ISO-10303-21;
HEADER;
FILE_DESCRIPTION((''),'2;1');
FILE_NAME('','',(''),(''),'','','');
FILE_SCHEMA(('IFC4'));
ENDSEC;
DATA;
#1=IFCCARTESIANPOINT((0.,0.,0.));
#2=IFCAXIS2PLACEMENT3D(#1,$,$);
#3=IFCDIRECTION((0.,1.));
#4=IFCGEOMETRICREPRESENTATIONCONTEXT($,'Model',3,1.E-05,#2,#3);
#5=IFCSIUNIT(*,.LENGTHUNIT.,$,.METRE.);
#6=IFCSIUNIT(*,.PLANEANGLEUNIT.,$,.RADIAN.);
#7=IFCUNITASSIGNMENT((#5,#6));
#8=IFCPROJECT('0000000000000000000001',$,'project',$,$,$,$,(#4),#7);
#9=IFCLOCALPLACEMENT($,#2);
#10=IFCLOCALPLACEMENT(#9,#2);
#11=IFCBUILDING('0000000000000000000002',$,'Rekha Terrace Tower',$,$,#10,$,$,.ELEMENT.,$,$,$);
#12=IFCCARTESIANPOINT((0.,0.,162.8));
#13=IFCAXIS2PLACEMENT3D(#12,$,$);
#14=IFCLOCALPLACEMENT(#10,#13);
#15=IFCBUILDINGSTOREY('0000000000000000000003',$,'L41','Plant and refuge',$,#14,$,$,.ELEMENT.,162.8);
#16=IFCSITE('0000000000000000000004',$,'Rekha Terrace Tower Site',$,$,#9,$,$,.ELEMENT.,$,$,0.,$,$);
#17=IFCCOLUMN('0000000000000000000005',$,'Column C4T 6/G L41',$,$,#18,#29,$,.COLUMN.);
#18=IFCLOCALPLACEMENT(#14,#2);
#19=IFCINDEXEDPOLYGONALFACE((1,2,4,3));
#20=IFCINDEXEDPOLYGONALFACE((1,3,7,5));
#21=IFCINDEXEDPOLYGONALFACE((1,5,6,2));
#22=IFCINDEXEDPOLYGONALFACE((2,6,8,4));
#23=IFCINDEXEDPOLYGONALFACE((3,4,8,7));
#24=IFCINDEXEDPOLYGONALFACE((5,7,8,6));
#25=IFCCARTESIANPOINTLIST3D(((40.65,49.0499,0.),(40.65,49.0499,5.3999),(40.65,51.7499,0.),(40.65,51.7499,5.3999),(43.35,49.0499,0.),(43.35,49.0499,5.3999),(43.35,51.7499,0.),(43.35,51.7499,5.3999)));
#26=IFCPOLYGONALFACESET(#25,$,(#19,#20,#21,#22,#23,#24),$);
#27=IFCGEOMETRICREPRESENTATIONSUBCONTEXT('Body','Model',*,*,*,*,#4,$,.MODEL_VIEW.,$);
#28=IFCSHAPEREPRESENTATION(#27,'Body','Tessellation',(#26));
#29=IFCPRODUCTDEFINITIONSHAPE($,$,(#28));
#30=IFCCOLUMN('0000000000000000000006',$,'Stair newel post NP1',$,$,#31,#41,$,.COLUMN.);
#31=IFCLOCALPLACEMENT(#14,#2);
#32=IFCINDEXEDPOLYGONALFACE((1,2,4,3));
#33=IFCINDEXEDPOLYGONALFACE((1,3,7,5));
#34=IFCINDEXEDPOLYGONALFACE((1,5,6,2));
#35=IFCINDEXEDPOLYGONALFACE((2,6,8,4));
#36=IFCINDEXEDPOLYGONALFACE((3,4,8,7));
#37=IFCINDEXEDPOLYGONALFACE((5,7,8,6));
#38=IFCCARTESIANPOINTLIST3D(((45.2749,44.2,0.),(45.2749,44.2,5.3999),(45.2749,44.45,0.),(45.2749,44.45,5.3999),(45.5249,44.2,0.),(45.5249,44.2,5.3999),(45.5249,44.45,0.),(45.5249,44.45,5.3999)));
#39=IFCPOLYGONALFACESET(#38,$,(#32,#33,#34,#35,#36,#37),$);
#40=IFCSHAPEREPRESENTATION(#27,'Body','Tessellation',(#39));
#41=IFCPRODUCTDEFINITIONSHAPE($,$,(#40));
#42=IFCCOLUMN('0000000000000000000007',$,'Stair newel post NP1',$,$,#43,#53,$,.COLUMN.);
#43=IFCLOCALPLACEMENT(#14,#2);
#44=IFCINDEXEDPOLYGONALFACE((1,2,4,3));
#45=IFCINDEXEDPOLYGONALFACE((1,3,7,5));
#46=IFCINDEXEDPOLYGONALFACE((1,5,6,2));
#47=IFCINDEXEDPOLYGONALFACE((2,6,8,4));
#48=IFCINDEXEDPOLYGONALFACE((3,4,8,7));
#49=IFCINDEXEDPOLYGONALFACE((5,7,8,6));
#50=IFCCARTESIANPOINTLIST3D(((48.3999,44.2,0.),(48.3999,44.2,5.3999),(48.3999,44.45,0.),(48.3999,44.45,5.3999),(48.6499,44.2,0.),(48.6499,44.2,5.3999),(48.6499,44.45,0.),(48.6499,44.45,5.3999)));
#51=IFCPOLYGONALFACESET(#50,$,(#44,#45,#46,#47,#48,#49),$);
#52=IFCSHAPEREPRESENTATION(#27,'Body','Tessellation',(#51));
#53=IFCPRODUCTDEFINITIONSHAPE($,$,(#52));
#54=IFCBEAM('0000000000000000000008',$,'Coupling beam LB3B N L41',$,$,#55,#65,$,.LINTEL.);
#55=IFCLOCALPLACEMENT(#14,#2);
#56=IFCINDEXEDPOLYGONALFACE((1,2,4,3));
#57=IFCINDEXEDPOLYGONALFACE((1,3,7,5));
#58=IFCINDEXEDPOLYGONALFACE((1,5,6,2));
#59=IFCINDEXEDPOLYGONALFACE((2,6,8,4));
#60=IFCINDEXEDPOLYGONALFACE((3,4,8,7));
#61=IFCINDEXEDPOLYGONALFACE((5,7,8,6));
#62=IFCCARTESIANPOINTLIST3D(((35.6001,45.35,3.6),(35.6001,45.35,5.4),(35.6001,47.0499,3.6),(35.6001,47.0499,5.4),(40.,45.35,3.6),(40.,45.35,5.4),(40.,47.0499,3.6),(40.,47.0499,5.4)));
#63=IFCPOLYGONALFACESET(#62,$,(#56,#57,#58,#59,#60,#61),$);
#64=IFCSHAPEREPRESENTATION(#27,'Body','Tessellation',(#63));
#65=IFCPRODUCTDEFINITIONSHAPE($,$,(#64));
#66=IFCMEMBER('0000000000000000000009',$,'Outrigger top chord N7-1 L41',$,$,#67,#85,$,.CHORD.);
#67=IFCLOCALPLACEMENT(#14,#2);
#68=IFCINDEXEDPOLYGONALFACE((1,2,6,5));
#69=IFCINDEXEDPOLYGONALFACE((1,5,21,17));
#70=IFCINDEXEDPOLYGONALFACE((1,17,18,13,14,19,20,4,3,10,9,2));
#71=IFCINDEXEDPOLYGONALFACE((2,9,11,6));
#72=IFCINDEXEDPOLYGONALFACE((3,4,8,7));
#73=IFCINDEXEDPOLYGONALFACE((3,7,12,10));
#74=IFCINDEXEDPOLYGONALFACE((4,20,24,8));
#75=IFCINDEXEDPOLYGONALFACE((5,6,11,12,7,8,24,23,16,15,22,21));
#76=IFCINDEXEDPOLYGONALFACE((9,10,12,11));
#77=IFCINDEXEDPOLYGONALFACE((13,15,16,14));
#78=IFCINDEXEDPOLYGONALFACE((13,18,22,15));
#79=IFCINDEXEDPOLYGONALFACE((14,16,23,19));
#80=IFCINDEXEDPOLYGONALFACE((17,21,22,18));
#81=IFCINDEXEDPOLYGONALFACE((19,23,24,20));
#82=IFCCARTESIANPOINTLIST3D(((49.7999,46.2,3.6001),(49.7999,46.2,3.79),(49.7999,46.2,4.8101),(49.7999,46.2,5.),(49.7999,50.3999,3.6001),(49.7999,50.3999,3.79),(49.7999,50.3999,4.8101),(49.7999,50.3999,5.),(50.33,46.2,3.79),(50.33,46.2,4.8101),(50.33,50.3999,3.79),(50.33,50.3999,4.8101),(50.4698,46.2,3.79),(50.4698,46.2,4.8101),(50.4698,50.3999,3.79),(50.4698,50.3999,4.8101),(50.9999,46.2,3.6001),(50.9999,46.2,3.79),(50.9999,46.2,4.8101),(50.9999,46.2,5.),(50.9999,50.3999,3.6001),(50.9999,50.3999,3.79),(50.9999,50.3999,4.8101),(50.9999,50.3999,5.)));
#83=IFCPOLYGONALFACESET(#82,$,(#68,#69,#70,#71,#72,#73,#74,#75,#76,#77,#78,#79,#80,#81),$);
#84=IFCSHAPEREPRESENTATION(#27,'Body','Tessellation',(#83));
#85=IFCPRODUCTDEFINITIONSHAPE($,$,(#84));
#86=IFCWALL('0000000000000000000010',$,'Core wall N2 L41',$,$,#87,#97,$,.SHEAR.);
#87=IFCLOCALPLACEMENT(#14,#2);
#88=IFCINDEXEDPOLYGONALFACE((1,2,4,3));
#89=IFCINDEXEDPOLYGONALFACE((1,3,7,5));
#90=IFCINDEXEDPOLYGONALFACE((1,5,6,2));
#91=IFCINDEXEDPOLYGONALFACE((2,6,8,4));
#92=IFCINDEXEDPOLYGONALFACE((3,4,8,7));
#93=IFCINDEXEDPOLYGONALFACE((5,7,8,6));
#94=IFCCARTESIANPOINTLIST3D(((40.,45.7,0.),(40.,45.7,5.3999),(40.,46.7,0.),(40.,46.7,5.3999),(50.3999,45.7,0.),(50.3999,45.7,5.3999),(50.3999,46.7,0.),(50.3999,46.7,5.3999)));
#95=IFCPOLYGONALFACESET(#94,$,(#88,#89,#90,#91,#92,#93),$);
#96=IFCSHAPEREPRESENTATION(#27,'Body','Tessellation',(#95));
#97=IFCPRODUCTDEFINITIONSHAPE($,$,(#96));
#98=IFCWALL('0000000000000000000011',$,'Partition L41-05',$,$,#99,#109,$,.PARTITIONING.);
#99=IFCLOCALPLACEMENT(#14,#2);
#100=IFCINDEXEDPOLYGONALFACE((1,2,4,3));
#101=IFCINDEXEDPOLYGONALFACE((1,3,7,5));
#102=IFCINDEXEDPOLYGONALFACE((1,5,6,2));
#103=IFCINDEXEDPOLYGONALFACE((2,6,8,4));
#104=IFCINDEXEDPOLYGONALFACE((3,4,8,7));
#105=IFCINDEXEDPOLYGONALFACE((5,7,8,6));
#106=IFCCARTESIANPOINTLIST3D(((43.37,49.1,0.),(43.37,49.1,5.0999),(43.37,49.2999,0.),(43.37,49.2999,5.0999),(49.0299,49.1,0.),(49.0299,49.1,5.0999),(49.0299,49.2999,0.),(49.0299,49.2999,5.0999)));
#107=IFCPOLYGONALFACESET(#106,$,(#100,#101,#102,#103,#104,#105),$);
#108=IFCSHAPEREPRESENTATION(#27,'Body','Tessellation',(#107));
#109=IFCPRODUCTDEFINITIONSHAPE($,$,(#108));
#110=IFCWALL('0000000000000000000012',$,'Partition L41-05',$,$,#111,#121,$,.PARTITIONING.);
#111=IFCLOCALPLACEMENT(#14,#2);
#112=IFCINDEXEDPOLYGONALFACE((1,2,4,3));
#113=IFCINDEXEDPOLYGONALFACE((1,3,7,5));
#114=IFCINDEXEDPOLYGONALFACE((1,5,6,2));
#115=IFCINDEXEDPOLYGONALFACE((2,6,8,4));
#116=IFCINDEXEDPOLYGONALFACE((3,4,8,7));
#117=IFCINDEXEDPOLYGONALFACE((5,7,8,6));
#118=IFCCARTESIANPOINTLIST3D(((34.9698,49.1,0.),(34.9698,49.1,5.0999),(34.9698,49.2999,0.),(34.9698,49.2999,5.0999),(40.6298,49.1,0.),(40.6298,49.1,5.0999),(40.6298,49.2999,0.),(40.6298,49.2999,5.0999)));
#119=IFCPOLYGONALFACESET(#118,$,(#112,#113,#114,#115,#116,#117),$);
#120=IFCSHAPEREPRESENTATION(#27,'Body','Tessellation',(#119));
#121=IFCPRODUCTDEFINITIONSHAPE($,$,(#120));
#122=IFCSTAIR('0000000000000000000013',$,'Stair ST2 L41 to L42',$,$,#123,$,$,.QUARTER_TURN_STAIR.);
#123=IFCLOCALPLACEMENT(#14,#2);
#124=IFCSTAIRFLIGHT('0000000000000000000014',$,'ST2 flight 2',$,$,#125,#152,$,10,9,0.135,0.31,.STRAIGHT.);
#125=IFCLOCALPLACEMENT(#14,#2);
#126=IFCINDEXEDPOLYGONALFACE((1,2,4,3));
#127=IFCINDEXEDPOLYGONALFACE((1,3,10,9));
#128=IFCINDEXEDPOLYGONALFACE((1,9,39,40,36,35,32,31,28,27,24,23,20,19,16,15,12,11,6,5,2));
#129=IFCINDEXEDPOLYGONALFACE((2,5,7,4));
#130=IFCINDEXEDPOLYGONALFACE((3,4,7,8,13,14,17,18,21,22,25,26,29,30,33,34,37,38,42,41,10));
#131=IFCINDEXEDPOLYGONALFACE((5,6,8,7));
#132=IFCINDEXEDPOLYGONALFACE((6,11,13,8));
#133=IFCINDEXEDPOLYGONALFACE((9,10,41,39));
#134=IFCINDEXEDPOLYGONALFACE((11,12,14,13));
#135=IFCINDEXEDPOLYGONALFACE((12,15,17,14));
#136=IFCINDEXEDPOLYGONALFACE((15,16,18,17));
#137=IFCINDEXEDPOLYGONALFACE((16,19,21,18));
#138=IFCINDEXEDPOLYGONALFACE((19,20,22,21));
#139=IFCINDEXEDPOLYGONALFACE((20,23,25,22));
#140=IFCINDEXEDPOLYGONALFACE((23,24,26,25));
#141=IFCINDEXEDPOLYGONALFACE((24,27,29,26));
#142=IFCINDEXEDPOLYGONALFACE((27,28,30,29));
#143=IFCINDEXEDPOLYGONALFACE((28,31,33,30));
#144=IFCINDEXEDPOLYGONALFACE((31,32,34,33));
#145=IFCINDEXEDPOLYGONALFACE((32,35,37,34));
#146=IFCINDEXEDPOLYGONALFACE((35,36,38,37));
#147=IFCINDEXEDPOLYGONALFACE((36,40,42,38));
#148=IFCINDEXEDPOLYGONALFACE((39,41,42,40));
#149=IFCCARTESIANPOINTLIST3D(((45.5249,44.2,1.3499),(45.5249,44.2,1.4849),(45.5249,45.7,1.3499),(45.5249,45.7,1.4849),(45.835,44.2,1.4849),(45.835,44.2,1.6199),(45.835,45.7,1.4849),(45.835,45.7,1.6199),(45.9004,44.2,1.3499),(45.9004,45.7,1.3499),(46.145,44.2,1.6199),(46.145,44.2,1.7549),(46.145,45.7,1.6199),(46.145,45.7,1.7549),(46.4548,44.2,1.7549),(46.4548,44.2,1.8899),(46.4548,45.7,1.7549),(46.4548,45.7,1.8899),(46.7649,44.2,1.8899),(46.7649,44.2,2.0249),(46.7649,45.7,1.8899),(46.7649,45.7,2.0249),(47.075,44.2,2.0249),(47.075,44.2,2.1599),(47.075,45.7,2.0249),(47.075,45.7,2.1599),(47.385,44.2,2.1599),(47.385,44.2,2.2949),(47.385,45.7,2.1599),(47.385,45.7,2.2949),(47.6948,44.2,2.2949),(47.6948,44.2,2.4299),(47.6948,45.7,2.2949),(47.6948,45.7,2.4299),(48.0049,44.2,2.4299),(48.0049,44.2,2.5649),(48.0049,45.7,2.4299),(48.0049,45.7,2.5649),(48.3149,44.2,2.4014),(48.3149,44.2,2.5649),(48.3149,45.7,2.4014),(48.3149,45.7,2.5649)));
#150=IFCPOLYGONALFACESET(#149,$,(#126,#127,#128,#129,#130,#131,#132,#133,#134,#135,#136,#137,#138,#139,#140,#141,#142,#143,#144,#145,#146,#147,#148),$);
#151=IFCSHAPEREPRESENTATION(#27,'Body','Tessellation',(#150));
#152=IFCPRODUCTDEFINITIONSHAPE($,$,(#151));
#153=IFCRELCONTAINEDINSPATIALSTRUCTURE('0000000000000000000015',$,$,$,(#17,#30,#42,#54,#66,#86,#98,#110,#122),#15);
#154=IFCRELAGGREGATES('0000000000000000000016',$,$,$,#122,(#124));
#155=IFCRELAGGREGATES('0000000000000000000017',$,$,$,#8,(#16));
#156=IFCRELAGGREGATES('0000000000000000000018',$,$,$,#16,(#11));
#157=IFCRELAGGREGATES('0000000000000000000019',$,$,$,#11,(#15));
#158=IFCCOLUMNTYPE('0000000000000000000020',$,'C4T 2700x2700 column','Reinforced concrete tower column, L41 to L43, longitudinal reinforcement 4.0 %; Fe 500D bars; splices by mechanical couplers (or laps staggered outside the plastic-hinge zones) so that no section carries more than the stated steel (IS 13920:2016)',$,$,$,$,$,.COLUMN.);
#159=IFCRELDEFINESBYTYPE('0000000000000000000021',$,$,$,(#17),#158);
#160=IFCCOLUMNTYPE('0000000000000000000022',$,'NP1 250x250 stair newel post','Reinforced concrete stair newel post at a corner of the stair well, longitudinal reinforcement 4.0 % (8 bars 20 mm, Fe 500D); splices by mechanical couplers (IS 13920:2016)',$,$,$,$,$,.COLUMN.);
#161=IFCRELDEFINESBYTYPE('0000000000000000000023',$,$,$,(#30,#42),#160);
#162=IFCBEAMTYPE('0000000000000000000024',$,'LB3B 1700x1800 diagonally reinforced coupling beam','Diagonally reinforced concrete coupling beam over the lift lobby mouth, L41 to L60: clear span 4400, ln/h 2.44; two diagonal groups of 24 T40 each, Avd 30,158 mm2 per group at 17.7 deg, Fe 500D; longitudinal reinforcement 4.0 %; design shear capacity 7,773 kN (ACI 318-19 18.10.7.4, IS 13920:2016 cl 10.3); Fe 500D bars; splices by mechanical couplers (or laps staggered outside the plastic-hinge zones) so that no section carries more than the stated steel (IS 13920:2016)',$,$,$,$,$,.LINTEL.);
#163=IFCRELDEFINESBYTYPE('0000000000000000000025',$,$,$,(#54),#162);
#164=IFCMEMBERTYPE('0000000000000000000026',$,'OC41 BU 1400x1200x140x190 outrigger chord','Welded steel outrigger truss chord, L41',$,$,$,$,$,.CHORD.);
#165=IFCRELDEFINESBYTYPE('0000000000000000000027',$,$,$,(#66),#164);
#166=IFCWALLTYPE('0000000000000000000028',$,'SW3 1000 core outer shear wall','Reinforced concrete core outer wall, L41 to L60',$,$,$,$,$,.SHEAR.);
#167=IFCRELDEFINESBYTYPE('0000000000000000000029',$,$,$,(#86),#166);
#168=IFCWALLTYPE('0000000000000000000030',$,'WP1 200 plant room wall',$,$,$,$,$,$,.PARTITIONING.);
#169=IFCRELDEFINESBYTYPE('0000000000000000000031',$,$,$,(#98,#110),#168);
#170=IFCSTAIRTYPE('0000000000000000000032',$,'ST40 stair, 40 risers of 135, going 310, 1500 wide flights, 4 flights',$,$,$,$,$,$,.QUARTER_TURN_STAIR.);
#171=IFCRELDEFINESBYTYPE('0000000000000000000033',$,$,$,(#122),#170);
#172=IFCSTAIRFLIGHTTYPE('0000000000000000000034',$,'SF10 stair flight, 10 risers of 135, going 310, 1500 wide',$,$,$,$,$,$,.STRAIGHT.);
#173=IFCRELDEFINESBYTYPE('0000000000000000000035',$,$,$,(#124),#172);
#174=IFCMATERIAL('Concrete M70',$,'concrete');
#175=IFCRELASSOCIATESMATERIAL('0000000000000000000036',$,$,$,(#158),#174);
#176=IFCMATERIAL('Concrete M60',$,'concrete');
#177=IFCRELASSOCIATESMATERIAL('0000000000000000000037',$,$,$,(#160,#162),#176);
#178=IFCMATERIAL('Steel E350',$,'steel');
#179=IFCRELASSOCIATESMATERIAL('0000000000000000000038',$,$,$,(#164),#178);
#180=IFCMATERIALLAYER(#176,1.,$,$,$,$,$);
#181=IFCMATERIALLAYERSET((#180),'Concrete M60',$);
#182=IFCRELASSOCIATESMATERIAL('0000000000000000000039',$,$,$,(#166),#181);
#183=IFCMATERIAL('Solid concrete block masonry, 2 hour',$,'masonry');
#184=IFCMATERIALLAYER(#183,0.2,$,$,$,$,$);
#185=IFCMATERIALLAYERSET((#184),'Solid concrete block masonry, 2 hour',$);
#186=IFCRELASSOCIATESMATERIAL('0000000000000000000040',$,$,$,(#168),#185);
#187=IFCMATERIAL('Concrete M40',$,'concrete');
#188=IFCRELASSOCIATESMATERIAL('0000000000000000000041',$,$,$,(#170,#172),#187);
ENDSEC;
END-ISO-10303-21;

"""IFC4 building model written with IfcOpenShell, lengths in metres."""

from ifc_helpers import new_model, si_unit, direction, frame, frame_2d, origin, origin_2d, place, context, subcontext, project, spatial, polyline, rectangle, i_section, outline, extrude, material, layer, layer_set, material_profile, profile_set, type_object, element, aggregate, save


model = new_model("IFC4")

# Units and contexts
model_context = context("Model", 3, precision=1e-05, world=origin(), true_north=direction((0.0, 1.0)))
body_context = subcontext(model_context, "Body", "Model", "MODEL_VIEW")
ifc_project = project(units=[si_unit("LENGTHUNIT", "METRE"), si_unit("PLANEANGLEUNIT", "RADIAN")], contexts=[model_context])

# Site, building, storey
site_placement = place(None, origin())
site = spatial("IfcSite", under=ifc_project, at=site_placement, Name="Rekha Terrace Tower Site", CompositionType="ELEMENT", RefElevation=0.0)
building_placement = place(site_placement, origin())
building = spatial("IfcBuilding", under=site, at=building_placement, Name="Rekha Terrace Tower", CompositionType="ELEMENT")
storey_placement = place(building_placement, frame((0.0, 0.0, 162.8)))
storey = spatial("IfcBuildingStorey", under=building, at=storey_placement, Name="L41", Description="Plant and refuge", CompositionType="ELEMENT", Elevation=162.8)

# Columns
ifc_material_1 = material(Name="Concrete M70", Category="concrete")
ifc_material_profile_1 = material_profile(ifc_material_1, rectangle(XDim=2.7, YDim=2.7, at=origin_2d()), Name="RC 2700x2700")
ifc_profile_set_1 = profile_set([ifc_material_profile_1], Name="Concrete M70")
column_type_1 = type_object("IfcColumnType", Name="C4T 2700x2700 column", Description="Reinforced concrete tower column, L41 to L43, longitudinal reinforcement 4.0 %; Fe 500D bars; splices by mechanical couplers (or laps staggered outside the plastic-hinge zones) so that no section carries more than the stated steel (IS 13920:2016)", PredefinedType="COLUMN", material=ifc_profile_set_1)
column_placement = place(storey_placement, frame((42.0, 50.3999, 0.0), z_axis=(0.0, 0.0, 1.0), x_axis=(1.0, 0.0, 0.0)))
element("IfcColumn", 1, at=column_placement, inside=storey, type_object=column_type_1, Name="Column C4T 6/G L41", PredefinedType="COLUMN", context=body_context, shape_type="SweptSolid", body=[
    extrude(rectangle(XDim=2.7, YDim=2.7, at=origin_2d()), origin(), (0.0, 0.0, 1.0), 5.3999),
])
ifc_material_2 = material(Name="Concrete M60", Category="concrete")
ifc_material_profile_2 = material_profile(ifc_material_2, rectangle(XDim=0.25, YDim=0.25, at=origin_2d()), Name="RC 250x250")
ifc_profile_set_2 = profile_set([ifc_material_profile_2], Name="Concrete M60")
column_type_2 = type_object("IfcColumnType", Name="NP1 250x250 stair newel post", Description="Reinforced concrete stair newel post at a corner of the stair well, longitudinal reinforcement 4.0 % (8 bars 20 mm, Fe 500D); splices by mechanical couplers (IS 13920:2016)", PredefinedType="COLUMN", material=ifc_profile_set_2)
for number, where, z_axis, x_axis, name in (
    (2, (45.3999, 44.325, 0.0), (0.0, 0.0, 1.0), (1.0, 0.0, 0.0), "Stair newel post NP1"),
    (3, (48.5249, 44.325, 0.0), (0.0, 0.0, 1.0), (1.0, 0.0, 0.0), "Stair newel post NP1"),
):
    element("IfcColumn", number, at=place(storey_placement, frame(where, z_axis=z_axis, x_axis=x_axis)), inside=storey, type_object=column_type_2, Name=name, PredefinedType="COLUMN", context=body_context, shape_type="SweptSolid", body=[
        extrude(rectangle(XDim=0.25, YDim=0.25, at=origin_2d()), origin(), (0.0, 0.0, 1.0), 5.3999),
    ])

# Beam
ifc_material_profile_3 = material_profile(ifc_material_2, rectangle(XDim=1.7, YDim=1.8, at=origin_2d()), Name="RC 1700x1800")
ifc_profile_set_3 = profile_set([ifc_material_profile_3], Name="Concrete M60")
beam_type = type_object("IfcBeamType", Name="LB3B 1700x1800 diagonally reinforced coupling beam", Description="Diagonally reinforced concrete coupling beam over the lift lobby mouth, L41 to L60: clear span 4400, ln/h 2.44; two diagonal groups of 24 T40 each, Avd 30,158 mm2 per group at 17.7 deg, Fe 500D; longitudinal reinforcement 4.0 %; design shear capacity 7,773 kN (ACI 318-19 18.10.7.4, IS 13920:2016 cl 10.3); Fe 500D bars; splices by mechanical couplers (or laps staggered outside the plastic-hinge zones) so that no section carries more than the stated steel (IS 13920:2016)", PredefinedType="LINTEL", material=ifc_profile_set_3)
beam_placement = place(storey_placement, frame((35.6001, 46.2, 4.5), z_axis=(1.0, 0.0, 0.0), x_axis=(0.0, 1.0, 0.0)))
element("IfcBeam", 4, at=beam_placement, inside=storey, type_object=beam_type, Name="Coupling beam LB3B N L41", PredefinedType="LINTEL", context=body_context, shape_type="SweptSolid", body=[
    extrude(rectangle(XDim=1.7, YDim=1.8, at=origin_2d()), origin(), (0.0, 0.0, 1.0), 4.3999),
])

# Member
ifc_material_3 = material(Name="Steel E350", Category="steel")
ifc_material_profile_4 = material_profile(ifc_material_3, i_section(OverallWidth=1.2, OverallDepth=1.3999, WebThickness=0.1399, FlangeThickness=0.1899, at=origin_2d()), Name="BU 1400x1200x140x190")
ifc_profile_set_4 = profile_set([ifc_material_profile_4], Name="Steel E350")
member_type = type_object("IfcMemberType", Name="OC41 BU 1400x1200x140x190 outrigger chord", Description="Welded steel outrigger truss chord, L41", PredefinedType="CHORD", material=ifc_profile_set_4)
member_placement = place(storey_placement, frame((50.3999, 46.2, 4.3), z_axis=(0.0, 1.0, 0.0), x_axis=(-1.0, 0.0, 0.0)))
element("IfcMember", 5, at=member_placement, inside=storey, type_object=member_type, Name="Outrigger top chord N7-1 L41", PredefinedType="CHORD", context=body_context, shape_type="SweptSolid", body=[
    extrude(i_section(OverallWidth=1.2, OverallDepth=1.3999, WebThickness=0.1399, FlangeThickness=0.1899, at=origin_2d()), origin(), (0.0, 0.0, 1.0), 4.2),
])

# Walls
ifc_layer_1 = layer(ifc_material_2, 1.0)
ifc_layer_set_1 = layer_set([ifc_layer_1], Name="Concrete M60")
wall_type_1 = type_object("IfcWallType", Name="SW3 1000 core outer shear wall", Description="Reinforced concrete core outer wall, L41 to L60", PredefinedType="SHEAR", material=ifc_layer_set_1)
wall_placement = place(storey_placement, frame((40.0, 46.2, 0.0), z_axis=(0.0, 0.0, 1.0), x_axis=(1.0, 0.0, 0.0)))
element("IfcWall", 6, at=wall_placement, inside=storey, type_object=wall_type_1, Name="Core wall N2 L41", PredefinedType="SHEAR", context=body_context, shape_type="SweptSolid", body=[
    extrude(rectangle(XDim=10.3999, YDim=1.0, at=frame_2d((5.2, 0.0))), origin(), (0.0, 0.0, 1.0), 5.3999),
])
ifc_material_4 = material(Name="Solid concrete block masonry, 2 hour", Category="masonry")
ifc_layer_2 = layer(ifc_material_4, 0.2)
ifc_layer_set_2 = layer_set([ifc_layer_2], Name="Solid concrete block masonry, 2 hour")
wall_type_2 = type_object("IfcWallType", Name="WP1 200 plant room wall", PredefinedType="PARTITIONING", material=ifc_layer_set_2)
for number, where, z_axis, x_axis, name in (
    (7, (49.03, 49.2, 0.0), (0.0, 0.0, 1.0), (-1.0, 0.0, 0.0), "Partition L41-05"),
    (8, (40.6299, 49.2, 0.0), (0.0, 0.0, 1.0), (-1.0, 0.0, 0.0), "Partition L41-05"),
):
    element("IfcWall", number, at=place(storey_placement, frame(where, z_axis=z_axis, x_axis=x_axis)), inside=storey, type_object=wall_type_2, Name=name, PredefinedType="PARTITIONING", context=body_context, shape_type="SweptSolid", body=[
        extrude(rectangle(XDim=5.6599, YDim=0.2, at=frame_2d((2.8301, 0.0))), origin(), (0.0, 0.0, 1.0), 5.0999),
    ])

# Stair, stair flight
ifc_material_5 = material(Name="Concrete M40", Category="concrete")
stair_type = type_object("IfcStairType", Name="ST40 stair, 40 risers of 135, going 310, 1500 wide flights, 4 flights", PredefinedType="QUARTER_TURN_STAIR", material=ifc_material_5)
stair_placement = place(storey_placement, origin())
stair = element("IfcStair", 9, at=stair_placement, inside=storey, type_object=stair_type, Name="Stair ST2 L41 to L42", PredefinedType="QUARTER_TURN_STAIR")
stair_flight_type = type_object("IfcStairFlightType", Name="SF10 stair flight, 10 risers of 135, going 310, 1500 wide", PredefinedType="STRAIGHT", material=ifc_material_5)
stair_flight_placement = place(storey_placement, frame((45.5249, 44.95, 1.3499), z_axis=(0.0, 0.0, 1.0), x_axis=(1.0, 0.0, 0.0)))
stair_flight = element("IfcStairFlight", 10, at=stair_flight_placement, type_object=stair_flight_type, Name="ST2 flight 2", NumberOfRisers=10, NumberOfTreads=9, PredefinedType="STRAIGHT", RiserHeight=0.135, TreadLength=0.31, context=body_context, shape_type="SweptSolid", body=[
    extrude(outline(polyline([(0.0, 0.0), (0.0, 0.135), (0.3101, 0.135), (0.3101, 0.27), (0.6201, 0.27), (0.6201, 0.405), (0.9299, 0.405), (0.9299, 0.54), (1.24, 0.54), (1.24, 0.675), (1.55, 0.675), (1.55, 0.8101), (1.8601, 0.8101), (1.8601, 0.9451), (2.1699, 0.9451), (2.1699, 1.0801), (2.48, 1.0801), (2.48, 1.2151), (2.79, 1.2151), (2.79, 1.3501), (2.79, 1.0515), (0.3755, 0.0), (0.0, 0.0)])), frame((0.0, 0.75, 0.0), z_axis=(0.0, -1.0, 0.0), x_axis=(1.0, 0.0, 0.0)), (0.0, 0.0, 1.0), 1.5),
])
aggregate(stair, [stair_flight])

save(model, "model.ifc")
